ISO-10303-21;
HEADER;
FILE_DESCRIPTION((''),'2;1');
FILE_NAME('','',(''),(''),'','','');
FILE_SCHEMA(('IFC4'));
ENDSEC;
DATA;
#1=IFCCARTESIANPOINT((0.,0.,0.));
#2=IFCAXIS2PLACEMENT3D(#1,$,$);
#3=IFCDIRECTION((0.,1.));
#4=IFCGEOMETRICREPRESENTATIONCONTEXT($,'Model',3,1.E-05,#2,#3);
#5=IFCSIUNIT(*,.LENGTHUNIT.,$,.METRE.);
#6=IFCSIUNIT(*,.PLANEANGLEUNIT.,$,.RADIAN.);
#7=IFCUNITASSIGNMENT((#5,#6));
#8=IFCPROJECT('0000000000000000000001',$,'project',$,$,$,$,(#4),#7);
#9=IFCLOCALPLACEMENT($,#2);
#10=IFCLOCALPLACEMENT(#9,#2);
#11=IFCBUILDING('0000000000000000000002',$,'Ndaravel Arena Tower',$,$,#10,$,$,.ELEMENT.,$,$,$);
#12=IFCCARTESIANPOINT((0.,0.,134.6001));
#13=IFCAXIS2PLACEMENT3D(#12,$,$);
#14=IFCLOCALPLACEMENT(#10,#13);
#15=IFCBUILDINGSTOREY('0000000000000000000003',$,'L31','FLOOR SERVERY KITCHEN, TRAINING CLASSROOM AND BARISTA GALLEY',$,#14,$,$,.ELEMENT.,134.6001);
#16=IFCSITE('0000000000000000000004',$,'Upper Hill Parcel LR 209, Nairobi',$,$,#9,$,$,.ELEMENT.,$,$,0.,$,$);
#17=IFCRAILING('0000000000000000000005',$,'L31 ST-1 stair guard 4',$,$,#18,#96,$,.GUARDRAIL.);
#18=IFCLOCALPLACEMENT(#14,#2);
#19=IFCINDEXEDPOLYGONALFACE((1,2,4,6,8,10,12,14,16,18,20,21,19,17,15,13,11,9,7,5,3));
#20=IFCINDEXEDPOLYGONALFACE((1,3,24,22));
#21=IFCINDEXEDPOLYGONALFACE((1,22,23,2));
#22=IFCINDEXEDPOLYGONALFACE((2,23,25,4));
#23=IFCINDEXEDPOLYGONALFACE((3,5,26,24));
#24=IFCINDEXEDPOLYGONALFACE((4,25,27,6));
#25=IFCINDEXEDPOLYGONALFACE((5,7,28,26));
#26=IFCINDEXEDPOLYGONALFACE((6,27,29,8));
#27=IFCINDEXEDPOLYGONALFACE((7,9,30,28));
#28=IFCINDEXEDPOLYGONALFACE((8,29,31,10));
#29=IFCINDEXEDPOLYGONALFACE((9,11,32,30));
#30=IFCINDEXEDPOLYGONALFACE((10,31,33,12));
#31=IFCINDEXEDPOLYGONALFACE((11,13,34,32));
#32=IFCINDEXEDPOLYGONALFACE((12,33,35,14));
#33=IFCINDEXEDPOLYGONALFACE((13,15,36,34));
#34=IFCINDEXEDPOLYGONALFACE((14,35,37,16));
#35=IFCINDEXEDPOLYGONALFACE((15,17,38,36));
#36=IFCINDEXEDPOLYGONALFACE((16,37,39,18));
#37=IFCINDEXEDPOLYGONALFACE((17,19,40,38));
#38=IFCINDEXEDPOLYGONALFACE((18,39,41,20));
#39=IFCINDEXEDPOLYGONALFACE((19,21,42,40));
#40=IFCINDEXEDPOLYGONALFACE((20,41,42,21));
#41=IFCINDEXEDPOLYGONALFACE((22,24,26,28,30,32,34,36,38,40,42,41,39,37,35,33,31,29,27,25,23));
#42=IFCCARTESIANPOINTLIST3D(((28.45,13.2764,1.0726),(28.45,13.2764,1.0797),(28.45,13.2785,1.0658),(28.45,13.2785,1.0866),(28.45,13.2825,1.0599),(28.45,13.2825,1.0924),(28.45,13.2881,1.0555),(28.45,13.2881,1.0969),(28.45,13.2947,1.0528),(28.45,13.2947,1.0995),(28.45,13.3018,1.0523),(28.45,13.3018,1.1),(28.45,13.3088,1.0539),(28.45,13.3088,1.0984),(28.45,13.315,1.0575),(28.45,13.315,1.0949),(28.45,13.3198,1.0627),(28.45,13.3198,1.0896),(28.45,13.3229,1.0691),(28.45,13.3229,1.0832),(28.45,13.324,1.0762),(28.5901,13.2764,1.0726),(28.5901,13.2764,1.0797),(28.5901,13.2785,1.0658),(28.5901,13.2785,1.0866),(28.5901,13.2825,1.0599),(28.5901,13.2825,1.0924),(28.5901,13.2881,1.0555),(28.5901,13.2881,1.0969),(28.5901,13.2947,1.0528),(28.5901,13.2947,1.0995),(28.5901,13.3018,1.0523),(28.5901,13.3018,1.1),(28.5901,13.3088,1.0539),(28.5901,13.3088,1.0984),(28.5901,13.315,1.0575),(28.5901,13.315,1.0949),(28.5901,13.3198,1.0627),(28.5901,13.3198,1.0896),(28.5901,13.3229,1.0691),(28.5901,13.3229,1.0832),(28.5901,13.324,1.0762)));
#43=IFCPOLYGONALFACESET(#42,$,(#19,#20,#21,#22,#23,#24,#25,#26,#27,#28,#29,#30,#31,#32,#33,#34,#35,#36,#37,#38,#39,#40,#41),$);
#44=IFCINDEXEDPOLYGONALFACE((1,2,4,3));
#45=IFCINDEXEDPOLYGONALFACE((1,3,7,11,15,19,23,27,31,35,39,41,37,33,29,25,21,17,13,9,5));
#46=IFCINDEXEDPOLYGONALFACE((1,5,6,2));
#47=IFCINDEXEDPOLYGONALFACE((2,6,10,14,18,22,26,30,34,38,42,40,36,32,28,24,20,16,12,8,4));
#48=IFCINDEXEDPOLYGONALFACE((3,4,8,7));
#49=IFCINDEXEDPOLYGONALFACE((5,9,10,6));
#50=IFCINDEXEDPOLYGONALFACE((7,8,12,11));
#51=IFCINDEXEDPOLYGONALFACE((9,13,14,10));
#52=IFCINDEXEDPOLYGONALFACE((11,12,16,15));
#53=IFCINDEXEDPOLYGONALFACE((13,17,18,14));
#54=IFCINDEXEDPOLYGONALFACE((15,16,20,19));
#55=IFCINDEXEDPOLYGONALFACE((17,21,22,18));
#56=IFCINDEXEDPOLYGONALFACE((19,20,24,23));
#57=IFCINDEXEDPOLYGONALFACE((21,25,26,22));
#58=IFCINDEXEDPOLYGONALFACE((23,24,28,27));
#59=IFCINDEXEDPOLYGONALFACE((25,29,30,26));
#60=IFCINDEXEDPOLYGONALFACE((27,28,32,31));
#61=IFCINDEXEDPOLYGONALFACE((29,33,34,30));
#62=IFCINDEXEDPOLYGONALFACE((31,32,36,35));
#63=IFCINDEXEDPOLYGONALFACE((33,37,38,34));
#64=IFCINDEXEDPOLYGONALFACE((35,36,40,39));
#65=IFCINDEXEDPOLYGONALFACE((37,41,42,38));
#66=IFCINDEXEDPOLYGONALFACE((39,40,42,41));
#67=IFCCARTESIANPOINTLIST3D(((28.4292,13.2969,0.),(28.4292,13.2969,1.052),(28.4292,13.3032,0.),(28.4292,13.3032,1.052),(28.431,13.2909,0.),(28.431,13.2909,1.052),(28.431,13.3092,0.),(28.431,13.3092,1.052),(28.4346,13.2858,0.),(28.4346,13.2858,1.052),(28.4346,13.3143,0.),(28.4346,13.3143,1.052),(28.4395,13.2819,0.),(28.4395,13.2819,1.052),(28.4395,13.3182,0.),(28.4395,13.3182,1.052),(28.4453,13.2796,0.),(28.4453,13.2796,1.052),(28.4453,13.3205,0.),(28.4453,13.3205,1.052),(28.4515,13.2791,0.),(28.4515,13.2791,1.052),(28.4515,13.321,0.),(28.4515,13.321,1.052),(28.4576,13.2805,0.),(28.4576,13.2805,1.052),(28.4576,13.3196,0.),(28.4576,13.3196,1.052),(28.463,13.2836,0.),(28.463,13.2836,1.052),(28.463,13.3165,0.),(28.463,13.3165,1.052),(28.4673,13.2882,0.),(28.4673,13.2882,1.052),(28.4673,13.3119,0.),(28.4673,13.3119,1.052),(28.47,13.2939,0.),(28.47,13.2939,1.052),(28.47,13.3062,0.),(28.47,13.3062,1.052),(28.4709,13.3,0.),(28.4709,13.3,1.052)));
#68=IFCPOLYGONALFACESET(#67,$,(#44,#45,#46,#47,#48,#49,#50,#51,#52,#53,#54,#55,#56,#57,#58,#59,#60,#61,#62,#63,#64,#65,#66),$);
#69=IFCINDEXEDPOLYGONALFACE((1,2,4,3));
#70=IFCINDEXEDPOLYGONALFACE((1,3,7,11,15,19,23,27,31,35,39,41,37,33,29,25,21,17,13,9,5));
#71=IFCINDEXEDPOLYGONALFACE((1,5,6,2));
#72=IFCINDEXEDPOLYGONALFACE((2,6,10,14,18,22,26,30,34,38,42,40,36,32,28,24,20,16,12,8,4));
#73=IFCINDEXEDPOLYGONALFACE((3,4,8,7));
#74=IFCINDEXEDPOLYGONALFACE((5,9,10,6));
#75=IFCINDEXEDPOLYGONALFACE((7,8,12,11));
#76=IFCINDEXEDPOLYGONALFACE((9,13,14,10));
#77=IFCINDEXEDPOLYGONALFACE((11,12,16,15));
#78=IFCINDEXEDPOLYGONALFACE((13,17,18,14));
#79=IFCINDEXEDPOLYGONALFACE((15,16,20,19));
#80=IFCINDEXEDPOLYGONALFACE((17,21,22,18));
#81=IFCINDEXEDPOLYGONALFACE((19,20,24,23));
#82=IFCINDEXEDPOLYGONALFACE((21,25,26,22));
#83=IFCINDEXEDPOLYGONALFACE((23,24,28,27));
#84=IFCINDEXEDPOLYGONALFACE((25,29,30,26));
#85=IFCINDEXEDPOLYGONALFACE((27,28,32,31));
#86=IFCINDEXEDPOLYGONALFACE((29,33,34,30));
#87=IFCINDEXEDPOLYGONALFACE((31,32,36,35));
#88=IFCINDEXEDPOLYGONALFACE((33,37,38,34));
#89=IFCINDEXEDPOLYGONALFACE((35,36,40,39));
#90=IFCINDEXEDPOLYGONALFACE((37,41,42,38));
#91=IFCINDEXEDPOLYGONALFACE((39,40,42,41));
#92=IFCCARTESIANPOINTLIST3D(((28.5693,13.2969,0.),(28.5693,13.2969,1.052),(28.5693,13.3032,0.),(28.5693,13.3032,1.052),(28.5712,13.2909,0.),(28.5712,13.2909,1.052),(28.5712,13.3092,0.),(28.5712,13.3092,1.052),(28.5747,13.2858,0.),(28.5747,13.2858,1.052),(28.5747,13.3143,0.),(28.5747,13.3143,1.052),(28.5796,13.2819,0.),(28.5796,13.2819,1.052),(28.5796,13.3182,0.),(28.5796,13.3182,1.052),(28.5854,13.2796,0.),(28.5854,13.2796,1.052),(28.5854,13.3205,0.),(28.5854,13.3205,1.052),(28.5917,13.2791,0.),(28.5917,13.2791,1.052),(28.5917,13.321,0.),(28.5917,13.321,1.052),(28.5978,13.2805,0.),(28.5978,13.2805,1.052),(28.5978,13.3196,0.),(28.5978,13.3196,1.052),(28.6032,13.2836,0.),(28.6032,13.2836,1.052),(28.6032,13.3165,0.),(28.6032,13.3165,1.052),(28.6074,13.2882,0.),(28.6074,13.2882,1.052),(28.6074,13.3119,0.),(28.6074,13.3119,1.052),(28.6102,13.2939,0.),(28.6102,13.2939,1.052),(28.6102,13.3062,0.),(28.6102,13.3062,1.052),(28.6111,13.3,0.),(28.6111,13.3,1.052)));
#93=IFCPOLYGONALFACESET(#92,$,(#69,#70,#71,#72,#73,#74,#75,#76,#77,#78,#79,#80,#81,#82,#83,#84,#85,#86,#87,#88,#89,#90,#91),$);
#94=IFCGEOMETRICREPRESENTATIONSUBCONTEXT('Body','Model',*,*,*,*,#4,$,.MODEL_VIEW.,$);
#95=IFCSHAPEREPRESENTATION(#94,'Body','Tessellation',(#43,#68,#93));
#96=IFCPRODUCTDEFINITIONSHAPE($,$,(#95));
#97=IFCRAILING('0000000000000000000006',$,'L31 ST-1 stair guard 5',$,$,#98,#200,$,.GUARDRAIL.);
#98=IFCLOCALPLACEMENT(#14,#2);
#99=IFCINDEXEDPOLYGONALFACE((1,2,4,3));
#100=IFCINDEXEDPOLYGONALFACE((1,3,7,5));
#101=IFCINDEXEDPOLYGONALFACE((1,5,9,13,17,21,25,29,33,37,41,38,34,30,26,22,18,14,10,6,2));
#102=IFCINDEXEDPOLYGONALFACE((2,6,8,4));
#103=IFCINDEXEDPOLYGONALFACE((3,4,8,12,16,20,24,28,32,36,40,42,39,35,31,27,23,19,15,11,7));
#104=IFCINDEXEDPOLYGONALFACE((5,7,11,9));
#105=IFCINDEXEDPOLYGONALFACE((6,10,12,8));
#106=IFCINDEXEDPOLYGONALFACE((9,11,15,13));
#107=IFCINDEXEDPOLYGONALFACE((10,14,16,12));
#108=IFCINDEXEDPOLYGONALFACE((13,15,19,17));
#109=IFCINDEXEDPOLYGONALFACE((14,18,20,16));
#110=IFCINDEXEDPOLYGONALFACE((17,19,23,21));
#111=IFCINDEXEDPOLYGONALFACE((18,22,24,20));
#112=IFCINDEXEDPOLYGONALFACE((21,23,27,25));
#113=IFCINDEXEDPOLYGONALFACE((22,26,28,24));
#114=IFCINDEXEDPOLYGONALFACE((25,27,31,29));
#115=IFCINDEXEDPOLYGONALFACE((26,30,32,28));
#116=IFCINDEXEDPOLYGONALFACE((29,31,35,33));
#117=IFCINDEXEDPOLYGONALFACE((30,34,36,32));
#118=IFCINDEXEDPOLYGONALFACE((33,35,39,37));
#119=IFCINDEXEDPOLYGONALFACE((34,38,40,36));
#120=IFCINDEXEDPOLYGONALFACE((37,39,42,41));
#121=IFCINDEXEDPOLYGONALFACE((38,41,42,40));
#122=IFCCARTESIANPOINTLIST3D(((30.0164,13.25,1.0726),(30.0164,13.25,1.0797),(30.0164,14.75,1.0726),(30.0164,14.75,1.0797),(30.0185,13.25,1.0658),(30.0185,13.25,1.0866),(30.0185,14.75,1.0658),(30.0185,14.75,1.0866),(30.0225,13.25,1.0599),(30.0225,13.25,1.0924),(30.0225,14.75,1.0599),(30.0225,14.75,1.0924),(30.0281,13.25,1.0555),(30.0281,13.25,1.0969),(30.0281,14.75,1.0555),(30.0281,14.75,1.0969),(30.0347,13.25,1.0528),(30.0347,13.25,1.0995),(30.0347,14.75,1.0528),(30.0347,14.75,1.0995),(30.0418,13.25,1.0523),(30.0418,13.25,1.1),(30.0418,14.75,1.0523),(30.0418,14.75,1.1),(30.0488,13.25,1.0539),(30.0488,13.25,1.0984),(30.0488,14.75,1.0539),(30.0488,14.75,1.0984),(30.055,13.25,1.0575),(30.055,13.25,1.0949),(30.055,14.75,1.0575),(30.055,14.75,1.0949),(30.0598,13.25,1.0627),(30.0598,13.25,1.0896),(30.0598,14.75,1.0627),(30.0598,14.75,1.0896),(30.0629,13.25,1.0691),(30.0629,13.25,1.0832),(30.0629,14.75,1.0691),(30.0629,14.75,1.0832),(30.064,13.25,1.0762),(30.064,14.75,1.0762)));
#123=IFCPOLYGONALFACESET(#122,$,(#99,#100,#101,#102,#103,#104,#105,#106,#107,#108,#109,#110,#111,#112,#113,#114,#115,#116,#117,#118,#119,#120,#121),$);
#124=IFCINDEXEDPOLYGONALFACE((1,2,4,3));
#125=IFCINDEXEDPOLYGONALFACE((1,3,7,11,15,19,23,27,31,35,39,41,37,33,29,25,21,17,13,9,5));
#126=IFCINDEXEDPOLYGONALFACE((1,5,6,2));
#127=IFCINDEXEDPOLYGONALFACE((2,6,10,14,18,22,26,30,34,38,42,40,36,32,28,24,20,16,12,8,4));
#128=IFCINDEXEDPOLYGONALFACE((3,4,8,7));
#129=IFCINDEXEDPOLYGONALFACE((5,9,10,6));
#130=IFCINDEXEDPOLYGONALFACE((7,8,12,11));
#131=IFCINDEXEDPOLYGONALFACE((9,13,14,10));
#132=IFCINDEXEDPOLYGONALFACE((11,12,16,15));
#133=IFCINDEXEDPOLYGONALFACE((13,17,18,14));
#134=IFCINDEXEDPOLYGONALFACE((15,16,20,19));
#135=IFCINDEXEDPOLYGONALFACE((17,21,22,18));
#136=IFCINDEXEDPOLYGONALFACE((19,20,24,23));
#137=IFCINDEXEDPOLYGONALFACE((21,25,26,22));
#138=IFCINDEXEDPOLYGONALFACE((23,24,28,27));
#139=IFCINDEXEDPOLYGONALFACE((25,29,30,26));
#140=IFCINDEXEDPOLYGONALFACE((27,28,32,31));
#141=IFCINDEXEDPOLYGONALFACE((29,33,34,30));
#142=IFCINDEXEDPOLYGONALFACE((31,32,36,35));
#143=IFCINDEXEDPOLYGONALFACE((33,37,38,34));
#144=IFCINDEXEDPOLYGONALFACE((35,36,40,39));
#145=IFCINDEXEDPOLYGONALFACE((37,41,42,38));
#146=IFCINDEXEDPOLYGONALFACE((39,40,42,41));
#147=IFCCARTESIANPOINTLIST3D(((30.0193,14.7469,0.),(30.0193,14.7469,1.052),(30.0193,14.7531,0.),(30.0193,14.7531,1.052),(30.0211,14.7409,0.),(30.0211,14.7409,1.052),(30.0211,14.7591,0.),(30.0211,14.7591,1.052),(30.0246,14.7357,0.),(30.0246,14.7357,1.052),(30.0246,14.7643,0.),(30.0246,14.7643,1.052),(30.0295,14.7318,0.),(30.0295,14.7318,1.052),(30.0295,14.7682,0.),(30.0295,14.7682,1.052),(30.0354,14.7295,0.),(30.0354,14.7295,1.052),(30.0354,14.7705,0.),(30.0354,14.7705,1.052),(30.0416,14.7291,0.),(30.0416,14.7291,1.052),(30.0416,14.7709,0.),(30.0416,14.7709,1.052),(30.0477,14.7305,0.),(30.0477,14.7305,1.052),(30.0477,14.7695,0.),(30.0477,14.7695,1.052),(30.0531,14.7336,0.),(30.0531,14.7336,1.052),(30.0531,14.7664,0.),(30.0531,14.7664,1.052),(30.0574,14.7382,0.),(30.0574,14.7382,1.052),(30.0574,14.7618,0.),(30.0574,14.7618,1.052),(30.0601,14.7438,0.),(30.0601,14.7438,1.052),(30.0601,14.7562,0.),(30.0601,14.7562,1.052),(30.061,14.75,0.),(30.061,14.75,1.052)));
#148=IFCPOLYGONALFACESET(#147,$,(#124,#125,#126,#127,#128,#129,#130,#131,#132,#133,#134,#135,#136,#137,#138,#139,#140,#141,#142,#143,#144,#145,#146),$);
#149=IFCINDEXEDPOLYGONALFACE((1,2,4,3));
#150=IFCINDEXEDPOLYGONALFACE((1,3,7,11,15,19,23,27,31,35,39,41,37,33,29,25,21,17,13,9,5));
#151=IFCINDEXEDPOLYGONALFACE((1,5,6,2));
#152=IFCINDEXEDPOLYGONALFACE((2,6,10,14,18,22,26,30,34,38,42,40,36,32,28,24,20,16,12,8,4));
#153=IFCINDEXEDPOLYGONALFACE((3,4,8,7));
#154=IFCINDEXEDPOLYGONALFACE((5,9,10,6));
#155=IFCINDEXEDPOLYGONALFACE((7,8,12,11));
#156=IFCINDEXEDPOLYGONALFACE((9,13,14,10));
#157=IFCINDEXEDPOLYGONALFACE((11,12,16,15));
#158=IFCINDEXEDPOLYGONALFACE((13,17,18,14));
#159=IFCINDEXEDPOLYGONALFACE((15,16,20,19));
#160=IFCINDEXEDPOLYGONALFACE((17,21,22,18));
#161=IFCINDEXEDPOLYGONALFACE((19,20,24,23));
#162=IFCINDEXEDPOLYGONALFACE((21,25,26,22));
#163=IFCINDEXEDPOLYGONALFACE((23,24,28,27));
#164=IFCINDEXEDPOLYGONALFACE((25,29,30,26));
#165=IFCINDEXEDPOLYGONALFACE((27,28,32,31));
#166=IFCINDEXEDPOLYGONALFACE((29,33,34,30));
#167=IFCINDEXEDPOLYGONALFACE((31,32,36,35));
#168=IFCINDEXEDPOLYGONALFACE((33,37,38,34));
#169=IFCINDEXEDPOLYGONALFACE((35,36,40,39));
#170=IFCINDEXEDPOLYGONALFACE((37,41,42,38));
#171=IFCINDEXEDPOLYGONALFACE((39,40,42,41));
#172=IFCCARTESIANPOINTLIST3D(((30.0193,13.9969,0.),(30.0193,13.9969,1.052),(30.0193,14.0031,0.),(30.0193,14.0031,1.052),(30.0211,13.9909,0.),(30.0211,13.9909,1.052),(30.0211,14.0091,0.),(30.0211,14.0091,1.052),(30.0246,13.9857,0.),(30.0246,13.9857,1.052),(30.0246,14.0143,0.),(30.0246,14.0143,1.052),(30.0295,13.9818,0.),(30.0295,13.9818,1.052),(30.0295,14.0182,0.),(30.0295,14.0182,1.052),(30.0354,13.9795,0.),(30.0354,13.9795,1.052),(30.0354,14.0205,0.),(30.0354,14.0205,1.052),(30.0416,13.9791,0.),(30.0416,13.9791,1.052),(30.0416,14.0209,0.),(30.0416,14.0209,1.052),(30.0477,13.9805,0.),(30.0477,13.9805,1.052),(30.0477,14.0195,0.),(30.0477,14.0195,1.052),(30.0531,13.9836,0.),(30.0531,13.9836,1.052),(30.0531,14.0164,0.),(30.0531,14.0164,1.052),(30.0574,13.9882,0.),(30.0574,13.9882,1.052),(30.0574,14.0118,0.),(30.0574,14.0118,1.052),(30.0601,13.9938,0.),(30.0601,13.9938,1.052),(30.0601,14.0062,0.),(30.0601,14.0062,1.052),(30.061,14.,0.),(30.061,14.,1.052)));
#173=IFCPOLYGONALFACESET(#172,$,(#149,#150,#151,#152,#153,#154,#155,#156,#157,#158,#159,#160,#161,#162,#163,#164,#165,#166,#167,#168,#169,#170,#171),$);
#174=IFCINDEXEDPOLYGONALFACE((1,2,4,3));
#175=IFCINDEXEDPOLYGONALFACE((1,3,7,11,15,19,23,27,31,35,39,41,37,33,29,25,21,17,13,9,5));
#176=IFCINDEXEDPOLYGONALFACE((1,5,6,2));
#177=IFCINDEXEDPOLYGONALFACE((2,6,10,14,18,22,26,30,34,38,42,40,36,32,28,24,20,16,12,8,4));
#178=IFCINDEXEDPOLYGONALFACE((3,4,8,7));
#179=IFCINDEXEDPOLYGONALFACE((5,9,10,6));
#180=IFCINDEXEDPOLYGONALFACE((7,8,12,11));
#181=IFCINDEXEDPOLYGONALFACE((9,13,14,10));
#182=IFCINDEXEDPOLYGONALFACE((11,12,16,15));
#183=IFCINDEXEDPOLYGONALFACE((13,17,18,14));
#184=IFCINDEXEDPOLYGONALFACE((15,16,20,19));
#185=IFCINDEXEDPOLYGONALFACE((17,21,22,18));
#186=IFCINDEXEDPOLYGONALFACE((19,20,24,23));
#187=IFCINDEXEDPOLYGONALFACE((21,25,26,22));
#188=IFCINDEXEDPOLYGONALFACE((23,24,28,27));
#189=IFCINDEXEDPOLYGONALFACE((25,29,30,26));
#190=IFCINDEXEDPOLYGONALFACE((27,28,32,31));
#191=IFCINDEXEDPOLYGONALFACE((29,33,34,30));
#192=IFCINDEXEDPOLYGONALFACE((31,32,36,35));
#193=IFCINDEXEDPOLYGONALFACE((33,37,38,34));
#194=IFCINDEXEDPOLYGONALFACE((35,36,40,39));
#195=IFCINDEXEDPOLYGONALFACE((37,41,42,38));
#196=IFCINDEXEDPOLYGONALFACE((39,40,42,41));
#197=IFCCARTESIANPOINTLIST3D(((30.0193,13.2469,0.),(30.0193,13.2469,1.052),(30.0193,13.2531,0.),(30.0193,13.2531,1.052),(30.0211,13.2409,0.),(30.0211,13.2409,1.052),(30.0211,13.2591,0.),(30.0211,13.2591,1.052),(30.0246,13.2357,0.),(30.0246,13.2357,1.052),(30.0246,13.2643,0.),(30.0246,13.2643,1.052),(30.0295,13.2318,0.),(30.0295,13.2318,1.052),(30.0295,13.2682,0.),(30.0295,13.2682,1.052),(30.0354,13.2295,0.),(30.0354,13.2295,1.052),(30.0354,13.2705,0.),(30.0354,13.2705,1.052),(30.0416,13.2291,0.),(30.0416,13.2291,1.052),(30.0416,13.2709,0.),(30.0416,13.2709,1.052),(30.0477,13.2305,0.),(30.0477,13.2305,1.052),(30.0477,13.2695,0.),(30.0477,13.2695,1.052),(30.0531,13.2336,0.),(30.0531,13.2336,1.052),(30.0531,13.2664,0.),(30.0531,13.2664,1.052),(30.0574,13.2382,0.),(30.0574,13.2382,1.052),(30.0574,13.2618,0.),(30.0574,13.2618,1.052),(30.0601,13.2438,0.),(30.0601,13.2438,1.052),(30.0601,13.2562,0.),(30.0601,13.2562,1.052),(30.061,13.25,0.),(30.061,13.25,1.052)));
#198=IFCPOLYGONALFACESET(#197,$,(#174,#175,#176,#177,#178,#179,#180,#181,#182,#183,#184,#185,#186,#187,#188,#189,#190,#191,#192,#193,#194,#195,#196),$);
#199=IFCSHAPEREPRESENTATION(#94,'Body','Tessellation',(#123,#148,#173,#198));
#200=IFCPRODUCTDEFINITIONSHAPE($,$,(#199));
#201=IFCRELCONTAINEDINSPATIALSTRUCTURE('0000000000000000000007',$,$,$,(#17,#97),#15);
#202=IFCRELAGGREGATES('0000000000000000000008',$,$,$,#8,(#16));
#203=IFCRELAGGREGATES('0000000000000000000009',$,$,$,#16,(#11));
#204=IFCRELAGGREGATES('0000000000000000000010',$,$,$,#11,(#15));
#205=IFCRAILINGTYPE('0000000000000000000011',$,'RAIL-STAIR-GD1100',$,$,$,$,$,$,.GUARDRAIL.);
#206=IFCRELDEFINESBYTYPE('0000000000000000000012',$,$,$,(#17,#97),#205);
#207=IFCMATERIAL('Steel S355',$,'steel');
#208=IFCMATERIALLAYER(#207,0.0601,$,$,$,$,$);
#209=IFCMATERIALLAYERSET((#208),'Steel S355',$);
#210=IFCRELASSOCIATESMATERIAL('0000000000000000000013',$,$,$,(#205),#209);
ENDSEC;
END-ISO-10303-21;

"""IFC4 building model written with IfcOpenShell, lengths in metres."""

from ifc_helpers import new_model, si_unit, direction, frame, origin, origin_2d, place, context, subcontext, project, spatial, circle, extrude, material, layer, layer_set, type_object, element, save


model = new_model("IFC4")

# Units and contexts
model_context = context("Model", 3, precision=1e-05, world=origin(), true_north=direction((0.0, 1.0)))
body_context = subcontext(model_context, "Body", "Model", "MODEL_VIEW")
ifc_project = project(units=[si_unit("LENGTHUNIT", "METRE"), si_unit("PLANEANGLEUNIT", "RADIAN")], contexts=[model_context])

# Site, building, storey
site_placement = place(None, origin())
site = spatial("IfcSite", under=ifc_project, at=site_placement, Name="Upper Hill Parcel LR 209, Nairobi", CompositionType="ELEMENT", RefElevation=0.0)
building_placement = place(site_placement, origin())
building = spatial("IfcBuilding", under=site, at=building_placement, Name="Ndaravel Arena Tower", CompositionType="ELEMENT")
storey_placement = place(building_placement, frame((0.0, 0.0, 134.6001)))
storey = spatial("IfcBuildingStorey", under=building, at=storey_placement, Name="L31", Description="FLOOR SERVERY KITCHEN, TRAINING CLASSROOM AND BARISTA GALLEY", CompositionType="ELEMENT", Elevation=134.6001)

# Railings
ifc_material_1 = material(Name="Steel S355", Category="steel")
ifc_layer_1 = layer(ifc_material_1, 0.0601)
ifc_layer_set_1 = layer_set([ifc_layer_1], Name="Steel S355")
railing_type_1 = type_object("IfcRailingType", Name="RAIL-STAIR-GD1100", PredefinedType="GUARDRAIL", material=ifc_layer_set_1)
railing_1_placement = place(storey_placement, frame((28.45, 13.3, 0.0)))
element("IfcRailing", 1, at=railing_1_placement, inside=storey, type_object=railing_type_1, Name="L31 ST-1 stair guard 4", PredefinedType="GUARDRAIL", context=body_context, shape_type="SweptSolid", body=[
    extrude(circle(Radius=0.0239, at=origin_2d()), frame((0.0, 0.0, 1.0762), z_axis=(1.0, 0.0, 0.0), x_axis=(0.0, 1.0, 0.0)), (0.0, 0.0, 1.0), 0.1401),
    extrude(circle(Radius=0.021, at=origin_2d()), origin(), (0.0, 0.0, 1.0), 1.052),
    extrude(circle(Radius=0.021, at=origin_2d()), frame((0.1401, 0.0, 0.0)), (0.0, 0.0, 1.0), 1.052),
])
railing_2_placement = place(storey_placement, frame((30.04, 14.75, 0.0)))
element("IfcRailing", 2, at=railing_2_placement, inside=storey, type_object=railing_type_1, Name="L31 ST-1 stair guard 5", PredefinedType="GUARDRAIL", context=body_context, shape_type="SweptSolid", body=[
    extrude(circle(Radius=0.0239, at=origin_2d()), frame((0.0, 0.0, 1.0762), z_axis=(0.0, -1.0, 0.0), x_axis=(1.0, 0.0, 0.0)), (0.0, 0.0, 1.0), 1.5),
    extrude(circle(Radius=0.021, at=origin_2d()), origin(), (0.0, 0.0, 1.0), 1.052),
    extrude(circle(Radius=0.021, at=origin_2d()), frame((0.0, -0.75, 0.0)), (0.0, 0.0, 1.0), 1.052),
    extrude(circle(Radius=0.021, at=origin_2d()), frame((0.0, -1.5, 0.0)), (0.0, 0.0, 1.0), 1.052),
])

save(model, "model.ifc")
